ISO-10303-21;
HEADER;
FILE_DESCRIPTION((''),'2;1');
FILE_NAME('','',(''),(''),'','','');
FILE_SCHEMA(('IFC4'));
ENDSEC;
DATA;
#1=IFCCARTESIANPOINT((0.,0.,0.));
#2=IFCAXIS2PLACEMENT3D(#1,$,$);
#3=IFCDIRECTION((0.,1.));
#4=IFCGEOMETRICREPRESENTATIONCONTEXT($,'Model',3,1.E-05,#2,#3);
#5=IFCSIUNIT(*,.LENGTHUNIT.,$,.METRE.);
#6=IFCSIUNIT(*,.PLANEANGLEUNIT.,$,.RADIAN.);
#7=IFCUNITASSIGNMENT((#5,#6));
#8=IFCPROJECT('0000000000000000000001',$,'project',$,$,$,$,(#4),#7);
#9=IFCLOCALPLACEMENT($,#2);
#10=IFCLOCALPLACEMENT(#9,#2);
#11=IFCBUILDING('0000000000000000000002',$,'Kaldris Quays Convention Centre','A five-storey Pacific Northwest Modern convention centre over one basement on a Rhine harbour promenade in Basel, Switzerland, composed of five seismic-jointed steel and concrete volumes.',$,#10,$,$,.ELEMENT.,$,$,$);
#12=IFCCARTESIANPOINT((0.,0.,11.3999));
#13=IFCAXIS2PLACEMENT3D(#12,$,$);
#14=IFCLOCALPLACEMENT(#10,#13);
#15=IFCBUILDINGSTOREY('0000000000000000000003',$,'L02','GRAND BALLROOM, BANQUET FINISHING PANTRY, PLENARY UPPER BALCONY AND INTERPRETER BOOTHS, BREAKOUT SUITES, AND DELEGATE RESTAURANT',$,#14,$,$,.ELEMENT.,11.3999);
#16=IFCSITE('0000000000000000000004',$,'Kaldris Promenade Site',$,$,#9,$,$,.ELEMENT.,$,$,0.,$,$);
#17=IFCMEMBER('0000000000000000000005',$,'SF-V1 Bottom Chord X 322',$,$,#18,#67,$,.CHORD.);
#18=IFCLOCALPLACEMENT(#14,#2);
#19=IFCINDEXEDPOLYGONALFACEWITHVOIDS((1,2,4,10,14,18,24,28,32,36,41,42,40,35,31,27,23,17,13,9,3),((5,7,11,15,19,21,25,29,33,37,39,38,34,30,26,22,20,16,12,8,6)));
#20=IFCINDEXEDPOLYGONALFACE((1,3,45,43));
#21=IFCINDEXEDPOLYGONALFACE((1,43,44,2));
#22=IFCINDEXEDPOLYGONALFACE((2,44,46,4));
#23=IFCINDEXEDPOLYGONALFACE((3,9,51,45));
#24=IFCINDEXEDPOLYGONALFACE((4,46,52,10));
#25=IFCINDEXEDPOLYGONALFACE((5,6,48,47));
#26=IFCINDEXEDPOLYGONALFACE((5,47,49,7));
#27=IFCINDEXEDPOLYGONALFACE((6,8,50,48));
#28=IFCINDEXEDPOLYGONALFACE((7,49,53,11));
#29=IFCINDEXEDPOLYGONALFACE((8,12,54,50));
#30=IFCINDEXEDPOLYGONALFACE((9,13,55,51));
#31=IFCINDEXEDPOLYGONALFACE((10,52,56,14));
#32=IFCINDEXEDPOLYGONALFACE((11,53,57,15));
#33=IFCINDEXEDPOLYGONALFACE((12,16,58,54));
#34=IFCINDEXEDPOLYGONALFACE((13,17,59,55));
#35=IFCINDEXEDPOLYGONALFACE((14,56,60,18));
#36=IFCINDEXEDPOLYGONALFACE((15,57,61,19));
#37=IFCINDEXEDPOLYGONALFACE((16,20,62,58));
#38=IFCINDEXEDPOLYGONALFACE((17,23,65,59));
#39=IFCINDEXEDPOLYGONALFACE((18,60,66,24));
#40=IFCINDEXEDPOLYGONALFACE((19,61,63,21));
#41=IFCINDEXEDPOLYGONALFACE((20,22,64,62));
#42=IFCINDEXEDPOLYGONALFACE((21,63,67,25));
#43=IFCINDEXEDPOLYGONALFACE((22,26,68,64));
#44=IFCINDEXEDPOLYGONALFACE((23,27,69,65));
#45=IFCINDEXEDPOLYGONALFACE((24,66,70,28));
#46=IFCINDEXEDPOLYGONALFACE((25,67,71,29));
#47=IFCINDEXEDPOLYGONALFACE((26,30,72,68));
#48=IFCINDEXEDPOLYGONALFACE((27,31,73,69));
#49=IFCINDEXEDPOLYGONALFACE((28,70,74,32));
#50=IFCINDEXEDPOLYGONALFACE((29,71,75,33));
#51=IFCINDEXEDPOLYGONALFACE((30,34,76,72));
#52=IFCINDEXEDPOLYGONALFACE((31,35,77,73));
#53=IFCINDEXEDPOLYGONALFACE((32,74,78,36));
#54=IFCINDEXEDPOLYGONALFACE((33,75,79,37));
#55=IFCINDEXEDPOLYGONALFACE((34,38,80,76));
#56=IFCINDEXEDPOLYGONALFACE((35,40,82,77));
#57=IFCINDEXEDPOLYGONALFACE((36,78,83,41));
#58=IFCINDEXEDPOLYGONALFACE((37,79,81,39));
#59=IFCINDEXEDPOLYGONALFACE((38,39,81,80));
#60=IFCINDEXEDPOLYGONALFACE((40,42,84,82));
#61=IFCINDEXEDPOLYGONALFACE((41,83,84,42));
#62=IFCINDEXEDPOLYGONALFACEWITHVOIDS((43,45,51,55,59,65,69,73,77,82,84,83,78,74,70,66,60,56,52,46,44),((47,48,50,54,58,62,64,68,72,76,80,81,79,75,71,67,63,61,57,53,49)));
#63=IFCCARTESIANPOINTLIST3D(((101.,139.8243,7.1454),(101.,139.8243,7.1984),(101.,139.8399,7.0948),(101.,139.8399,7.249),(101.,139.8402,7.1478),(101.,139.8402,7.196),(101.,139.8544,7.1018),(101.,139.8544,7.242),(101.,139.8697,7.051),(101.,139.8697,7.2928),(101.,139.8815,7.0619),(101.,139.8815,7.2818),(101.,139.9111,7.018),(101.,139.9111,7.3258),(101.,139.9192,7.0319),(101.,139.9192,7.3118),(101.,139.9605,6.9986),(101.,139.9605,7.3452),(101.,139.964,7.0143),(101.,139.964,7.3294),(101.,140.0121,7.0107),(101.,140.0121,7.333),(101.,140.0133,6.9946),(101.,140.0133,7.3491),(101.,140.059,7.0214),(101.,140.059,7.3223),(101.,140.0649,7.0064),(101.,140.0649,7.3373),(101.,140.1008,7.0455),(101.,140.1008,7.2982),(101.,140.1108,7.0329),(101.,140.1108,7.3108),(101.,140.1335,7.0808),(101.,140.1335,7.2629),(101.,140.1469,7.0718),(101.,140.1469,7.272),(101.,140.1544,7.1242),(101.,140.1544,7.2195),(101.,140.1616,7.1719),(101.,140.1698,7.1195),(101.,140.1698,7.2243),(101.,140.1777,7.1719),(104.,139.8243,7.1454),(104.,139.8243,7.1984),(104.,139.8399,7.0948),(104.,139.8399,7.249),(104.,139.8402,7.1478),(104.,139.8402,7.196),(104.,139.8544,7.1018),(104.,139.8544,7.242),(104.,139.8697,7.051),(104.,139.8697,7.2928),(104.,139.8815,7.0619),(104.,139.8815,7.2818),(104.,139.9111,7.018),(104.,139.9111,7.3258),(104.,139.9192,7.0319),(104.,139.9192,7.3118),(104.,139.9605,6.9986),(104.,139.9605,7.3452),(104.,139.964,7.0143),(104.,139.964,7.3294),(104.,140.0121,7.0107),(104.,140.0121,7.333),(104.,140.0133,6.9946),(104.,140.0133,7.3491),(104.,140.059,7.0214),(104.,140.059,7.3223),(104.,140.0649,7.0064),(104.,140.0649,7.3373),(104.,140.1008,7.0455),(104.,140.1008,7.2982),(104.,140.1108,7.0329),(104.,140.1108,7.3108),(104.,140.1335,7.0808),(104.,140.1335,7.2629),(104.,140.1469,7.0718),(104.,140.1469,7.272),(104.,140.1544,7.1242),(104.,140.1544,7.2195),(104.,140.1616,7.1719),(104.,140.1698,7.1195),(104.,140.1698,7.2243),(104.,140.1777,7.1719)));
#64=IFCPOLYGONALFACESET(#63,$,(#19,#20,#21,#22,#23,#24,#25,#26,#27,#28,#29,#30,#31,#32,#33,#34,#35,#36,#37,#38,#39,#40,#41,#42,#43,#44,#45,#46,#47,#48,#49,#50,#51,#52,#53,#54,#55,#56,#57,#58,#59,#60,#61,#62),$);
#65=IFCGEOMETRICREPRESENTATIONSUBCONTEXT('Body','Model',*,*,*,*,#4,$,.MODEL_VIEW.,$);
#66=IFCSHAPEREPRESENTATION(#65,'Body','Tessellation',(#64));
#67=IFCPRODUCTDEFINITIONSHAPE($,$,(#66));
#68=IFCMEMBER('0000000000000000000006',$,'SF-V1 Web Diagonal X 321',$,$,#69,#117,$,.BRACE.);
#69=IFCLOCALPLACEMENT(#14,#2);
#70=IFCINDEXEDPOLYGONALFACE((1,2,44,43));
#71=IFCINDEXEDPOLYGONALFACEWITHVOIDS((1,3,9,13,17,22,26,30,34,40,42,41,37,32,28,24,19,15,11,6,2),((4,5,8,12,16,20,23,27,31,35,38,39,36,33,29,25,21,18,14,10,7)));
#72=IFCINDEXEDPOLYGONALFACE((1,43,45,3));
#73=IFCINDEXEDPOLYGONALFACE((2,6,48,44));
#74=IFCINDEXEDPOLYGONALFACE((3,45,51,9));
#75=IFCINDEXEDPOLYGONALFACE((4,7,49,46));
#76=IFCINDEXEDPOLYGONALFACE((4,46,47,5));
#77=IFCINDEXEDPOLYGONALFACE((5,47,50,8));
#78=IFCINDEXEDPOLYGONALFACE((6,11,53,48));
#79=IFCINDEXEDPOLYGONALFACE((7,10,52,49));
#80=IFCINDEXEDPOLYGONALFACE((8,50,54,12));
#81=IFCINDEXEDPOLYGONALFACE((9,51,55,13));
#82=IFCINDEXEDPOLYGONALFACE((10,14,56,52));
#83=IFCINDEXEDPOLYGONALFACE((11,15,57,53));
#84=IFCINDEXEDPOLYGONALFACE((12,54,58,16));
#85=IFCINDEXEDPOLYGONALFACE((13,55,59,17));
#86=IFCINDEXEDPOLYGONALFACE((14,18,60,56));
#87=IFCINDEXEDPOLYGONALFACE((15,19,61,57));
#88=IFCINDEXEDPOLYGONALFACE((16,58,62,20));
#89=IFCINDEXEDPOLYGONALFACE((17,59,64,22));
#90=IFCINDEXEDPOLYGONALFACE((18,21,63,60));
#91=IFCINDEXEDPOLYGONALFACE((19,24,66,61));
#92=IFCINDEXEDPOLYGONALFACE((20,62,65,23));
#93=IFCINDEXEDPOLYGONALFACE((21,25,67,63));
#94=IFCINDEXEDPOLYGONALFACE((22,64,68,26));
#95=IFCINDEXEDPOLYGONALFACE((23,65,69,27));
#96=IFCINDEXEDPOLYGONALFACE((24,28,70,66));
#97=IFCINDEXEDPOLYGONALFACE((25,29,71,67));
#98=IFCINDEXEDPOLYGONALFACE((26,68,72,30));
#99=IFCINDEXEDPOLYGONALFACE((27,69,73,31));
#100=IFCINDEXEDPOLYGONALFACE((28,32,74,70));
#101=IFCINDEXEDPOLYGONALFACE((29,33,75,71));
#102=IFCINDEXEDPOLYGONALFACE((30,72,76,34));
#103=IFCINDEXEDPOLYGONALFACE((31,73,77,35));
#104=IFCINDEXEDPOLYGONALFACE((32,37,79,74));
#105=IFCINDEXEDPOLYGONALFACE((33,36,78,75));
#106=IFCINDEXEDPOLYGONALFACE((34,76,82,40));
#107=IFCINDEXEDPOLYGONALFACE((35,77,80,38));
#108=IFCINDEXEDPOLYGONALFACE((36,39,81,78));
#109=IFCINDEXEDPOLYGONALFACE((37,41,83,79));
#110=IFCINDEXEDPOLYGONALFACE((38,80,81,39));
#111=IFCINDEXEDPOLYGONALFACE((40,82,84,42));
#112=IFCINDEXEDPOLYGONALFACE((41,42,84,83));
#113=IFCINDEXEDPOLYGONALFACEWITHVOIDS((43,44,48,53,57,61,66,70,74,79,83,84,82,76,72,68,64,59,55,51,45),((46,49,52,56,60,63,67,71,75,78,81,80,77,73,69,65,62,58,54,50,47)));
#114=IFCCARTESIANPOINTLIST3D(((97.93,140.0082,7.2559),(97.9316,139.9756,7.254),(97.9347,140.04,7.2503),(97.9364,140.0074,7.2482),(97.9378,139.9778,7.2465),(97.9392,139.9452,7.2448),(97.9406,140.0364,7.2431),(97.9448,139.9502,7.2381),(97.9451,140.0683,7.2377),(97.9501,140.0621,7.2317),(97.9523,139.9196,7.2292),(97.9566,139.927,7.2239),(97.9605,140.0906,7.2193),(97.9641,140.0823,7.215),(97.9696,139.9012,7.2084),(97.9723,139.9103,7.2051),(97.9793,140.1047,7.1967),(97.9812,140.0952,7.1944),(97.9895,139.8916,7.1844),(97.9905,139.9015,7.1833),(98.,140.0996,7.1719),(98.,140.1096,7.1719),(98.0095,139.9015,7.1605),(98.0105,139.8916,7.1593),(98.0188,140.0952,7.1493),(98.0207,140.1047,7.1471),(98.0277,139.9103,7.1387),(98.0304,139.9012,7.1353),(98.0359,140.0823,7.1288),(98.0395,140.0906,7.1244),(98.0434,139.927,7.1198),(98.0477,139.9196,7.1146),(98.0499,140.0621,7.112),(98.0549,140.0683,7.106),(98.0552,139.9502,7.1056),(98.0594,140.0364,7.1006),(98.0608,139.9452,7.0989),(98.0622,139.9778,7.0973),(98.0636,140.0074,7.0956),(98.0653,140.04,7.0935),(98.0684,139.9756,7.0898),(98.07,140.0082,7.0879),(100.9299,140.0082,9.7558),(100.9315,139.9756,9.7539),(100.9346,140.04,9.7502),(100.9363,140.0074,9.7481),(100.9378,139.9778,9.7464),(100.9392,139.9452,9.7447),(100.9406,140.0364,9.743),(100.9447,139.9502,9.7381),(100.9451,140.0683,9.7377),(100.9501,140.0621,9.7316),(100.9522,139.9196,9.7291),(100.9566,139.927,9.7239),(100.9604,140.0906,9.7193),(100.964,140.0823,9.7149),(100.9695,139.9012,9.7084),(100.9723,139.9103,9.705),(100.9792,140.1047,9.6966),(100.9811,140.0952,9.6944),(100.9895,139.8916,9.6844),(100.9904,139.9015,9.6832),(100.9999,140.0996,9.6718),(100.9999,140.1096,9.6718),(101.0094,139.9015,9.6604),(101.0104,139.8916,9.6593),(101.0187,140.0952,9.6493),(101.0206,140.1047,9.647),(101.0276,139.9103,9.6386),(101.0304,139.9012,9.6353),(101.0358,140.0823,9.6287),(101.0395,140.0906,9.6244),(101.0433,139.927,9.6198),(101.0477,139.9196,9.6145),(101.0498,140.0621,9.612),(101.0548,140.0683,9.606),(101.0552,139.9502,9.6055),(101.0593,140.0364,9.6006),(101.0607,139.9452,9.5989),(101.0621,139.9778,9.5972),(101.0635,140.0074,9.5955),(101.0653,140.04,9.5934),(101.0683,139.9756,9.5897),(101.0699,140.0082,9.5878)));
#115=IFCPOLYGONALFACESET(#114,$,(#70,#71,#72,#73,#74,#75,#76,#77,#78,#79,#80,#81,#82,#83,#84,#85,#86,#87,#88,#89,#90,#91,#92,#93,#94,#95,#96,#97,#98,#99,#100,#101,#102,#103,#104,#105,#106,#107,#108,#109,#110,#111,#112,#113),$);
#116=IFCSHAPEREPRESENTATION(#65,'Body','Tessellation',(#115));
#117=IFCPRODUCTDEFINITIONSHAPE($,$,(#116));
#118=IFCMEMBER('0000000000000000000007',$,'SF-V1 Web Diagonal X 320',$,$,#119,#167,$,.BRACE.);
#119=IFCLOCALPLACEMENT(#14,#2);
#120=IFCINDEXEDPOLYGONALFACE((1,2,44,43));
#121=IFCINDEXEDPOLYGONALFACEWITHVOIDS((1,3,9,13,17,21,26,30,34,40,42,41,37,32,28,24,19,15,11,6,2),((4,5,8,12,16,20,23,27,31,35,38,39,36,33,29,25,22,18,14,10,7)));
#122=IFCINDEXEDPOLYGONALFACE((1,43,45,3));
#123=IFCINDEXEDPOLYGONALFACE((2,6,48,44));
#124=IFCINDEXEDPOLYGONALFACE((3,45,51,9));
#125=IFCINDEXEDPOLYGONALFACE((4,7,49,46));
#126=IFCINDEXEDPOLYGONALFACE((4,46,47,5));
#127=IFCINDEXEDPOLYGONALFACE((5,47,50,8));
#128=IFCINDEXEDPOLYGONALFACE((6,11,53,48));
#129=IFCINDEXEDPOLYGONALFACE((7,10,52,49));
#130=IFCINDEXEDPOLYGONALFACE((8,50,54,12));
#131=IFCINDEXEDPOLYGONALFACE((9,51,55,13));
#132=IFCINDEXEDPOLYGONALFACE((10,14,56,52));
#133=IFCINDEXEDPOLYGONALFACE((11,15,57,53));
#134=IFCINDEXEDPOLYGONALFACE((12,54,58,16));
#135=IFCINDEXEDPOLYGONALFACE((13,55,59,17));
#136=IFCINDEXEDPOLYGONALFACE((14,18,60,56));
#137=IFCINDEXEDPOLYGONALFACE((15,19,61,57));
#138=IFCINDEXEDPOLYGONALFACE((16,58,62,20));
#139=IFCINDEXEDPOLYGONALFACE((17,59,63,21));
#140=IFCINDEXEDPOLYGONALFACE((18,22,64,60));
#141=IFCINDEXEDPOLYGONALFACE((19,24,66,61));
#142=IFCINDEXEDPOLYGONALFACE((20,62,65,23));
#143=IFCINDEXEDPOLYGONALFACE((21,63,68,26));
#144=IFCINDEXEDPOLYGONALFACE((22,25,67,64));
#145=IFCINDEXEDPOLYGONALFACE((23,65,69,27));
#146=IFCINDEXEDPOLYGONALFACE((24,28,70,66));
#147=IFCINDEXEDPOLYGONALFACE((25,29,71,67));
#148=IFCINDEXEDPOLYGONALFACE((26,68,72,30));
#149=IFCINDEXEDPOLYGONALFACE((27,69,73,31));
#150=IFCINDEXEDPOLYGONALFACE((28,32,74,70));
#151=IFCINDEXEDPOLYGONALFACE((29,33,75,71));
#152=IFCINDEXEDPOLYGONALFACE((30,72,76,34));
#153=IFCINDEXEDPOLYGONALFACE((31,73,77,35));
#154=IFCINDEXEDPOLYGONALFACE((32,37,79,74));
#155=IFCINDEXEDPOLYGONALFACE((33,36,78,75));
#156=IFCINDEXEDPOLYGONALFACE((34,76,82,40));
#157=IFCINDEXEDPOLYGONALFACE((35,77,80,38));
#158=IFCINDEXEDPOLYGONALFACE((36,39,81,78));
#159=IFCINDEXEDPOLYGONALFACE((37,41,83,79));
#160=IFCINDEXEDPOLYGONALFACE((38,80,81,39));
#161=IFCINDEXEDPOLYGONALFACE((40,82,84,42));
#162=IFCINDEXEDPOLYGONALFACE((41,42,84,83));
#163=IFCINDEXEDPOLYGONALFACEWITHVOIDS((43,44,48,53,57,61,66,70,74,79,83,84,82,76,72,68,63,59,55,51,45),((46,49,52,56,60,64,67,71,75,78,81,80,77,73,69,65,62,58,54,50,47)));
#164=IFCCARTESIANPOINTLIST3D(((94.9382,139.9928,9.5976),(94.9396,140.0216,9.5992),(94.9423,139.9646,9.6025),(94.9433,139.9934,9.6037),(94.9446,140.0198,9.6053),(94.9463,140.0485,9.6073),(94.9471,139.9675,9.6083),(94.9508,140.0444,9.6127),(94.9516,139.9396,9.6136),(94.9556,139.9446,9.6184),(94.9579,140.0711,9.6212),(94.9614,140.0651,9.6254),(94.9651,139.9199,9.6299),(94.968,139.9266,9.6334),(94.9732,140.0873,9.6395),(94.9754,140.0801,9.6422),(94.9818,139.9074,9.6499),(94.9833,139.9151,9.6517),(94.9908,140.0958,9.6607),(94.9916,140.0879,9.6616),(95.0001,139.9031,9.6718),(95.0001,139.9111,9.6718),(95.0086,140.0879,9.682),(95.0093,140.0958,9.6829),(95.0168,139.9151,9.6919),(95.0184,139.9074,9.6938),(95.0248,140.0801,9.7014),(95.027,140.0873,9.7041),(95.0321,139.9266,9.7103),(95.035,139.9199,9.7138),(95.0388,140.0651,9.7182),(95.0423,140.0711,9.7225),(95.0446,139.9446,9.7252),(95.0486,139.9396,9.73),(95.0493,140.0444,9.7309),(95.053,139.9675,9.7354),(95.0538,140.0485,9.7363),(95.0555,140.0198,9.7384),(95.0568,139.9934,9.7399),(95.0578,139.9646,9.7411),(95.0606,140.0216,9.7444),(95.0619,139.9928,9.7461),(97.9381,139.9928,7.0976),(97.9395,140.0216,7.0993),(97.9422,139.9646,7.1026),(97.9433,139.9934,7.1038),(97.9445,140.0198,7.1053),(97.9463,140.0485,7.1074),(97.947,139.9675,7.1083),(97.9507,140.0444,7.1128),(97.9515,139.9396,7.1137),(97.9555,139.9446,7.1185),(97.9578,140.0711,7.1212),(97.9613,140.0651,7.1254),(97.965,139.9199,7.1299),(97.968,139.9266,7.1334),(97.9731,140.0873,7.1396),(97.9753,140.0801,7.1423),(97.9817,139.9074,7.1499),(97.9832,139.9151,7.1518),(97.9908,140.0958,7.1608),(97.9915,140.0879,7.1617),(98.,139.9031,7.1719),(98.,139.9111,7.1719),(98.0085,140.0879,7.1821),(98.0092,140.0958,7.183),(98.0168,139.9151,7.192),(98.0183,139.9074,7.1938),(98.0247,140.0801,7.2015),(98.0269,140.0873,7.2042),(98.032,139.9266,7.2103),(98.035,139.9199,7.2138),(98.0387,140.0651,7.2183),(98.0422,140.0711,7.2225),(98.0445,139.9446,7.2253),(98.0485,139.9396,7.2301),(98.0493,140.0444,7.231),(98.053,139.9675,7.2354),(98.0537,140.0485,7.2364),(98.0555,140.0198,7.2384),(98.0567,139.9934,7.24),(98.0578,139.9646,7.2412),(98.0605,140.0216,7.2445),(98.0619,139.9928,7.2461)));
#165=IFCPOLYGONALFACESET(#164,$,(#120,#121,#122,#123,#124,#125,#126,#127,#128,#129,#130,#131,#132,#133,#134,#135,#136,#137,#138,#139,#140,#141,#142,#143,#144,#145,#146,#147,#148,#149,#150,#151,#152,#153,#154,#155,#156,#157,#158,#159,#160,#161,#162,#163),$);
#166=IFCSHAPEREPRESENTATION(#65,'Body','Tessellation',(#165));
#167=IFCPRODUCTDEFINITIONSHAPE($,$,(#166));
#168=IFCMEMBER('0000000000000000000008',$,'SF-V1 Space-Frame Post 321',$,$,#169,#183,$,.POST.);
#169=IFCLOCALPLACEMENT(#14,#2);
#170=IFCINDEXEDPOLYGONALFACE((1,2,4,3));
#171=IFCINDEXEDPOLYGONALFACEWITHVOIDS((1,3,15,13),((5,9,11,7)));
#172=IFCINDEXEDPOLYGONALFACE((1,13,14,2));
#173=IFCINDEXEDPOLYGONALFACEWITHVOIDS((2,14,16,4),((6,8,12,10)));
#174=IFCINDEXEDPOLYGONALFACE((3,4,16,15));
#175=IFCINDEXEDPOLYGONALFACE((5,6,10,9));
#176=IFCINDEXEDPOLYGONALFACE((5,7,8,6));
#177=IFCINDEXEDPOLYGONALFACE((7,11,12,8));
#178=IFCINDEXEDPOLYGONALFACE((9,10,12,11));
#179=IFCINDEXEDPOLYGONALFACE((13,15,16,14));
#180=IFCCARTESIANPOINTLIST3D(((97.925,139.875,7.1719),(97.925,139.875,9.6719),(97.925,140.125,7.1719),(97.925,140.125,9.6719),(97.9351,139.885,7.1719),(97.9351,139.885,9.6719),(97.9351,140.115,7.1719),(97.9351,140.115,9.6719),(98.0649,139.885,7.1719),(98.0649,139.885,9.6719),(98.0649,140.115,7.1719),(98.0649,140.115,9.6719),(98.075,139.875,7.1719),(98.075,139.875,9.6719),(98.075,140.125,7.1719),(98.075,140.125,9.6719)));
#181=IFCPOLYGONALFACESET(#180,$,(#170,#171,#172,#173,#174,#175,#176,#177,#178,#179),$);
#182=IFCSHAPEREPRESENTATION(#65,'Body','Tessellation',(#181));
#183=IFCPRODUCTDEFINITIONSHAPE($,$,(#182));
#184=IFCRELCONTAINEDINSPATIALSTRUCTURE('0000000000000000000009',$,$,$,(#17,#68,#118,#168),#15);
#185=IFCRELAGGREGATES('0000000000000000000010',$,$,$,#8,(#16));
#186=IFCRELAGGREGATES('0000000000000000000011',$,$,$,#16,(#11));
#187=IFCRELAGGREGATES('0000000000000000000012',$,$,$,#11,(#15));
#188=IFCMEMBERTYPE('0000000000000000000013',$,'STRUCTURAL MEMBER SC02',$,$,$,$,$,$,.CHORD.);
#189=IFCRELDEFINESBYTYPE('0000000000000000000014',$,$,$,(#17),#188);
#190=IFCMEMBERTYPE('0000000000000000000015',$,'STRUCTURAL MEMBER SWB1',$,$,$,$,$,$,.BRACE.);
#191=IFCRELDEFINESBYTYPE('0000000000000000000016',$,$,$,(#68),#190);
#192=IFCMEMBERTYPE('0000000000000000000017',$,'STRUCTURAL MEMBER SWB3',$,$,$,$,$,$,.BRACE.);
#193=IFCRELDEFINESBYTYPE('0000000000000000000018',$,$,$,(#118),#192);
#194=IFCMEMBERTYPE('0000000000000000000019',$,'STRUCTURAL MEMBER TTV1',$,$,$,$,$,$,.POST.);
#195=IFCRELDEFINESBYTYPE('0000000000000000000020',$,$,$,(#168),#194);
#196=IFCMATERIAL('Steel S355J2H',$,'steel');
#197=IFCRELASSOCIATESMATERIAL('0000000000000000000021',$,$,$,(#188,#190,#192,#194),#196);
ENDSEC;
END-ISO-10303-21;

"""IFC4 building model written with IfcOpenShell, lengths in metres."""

from ifc_helpers import new_model, si_unit, direction, frame, origin, origin_2d, place, context, subcontext, project, spatial, hollow_rectangle, hollow_circle, extrude, material, material_profile, profile_set, type_object, element, save


model = new_model("IFC4")

# Units and contexts
model_context = context("Model", 3, precision=1e-05, world=origin(), true_north=direction((0.0, 1.0)))
body_context = subcontext(model_context, "Body", "Model", "MODEL_VIEW")
ifc_project = project(units=[si_unit("LENGTHUNIT", "METRE"), si_unit("PLANEANGLEUNIT", "RADIAN")], contexts=[model_context])

# Site, building, storey
site_placement = place(None, origin())
site = spatial("IfcSite", under=ifc_project, at=site_placement, Name="Kaldris Promenade Site", CompositionType="ELEMENT", RefElevation=0.0)
building_placement = place(site_placement, origin())
building = spatial("IfcBuilding", under=site, at=building_placement, Name="Kaldris Quays Convention Centre", Description="A five-storey Pacific Northwest Modern convention centre over one basement on a Rhine harbour promenade in Basel, Switzerland, composed of five seismic-jointed steel and concrete volumes.", CompositionType="ELEMENT")
storey_placement = place(building_placement, frame((0.0, 0.0, 11.3999)))
storey = spatial("IfcBuildingStorey", under=building, at=storey_placement, Name="L02", Description="GRAND BALLROOM, BANQUET FINISHING PANTRY, PLENARY UPPER BALCONY AND INTERPRETER BOOTHS, BREAKOUT SUITES, AND DELEGATE RESTAURANT", CompositionType="ELEMENT", Elevation=11.3999)

# Members
ifc_material_1 = material(Name="Steel S355J2H", Category="steel")
ifc_material_profile_1 = material_profile(ifc_material_1, hollow_circle(Radius=0.1777, WallThickness=0.0161, at=origin_2d()), Name="CHS 355.6x16")
ifc_profile_set_1 = profile_set([ifc_material_profile_1], Name="Steel S355J2H")
member_type_1 = type_object("IfcMemberType", Name="STRUCTURAL MEMBER SC02", PredefinedType="CHORD", material=ifc_profile_set_1)
for number, where, z_axis, x_axis, name in (
    (1, (101.0, 140.0, 7.1719), (1.0, 0.0, 0.0), (0.0, 1.0, 0.0), "SF-V1 Bottom Chord X 322"),
):
    element("IfcMember", number, at=place(storey_placement, frame(where, z_axis=z_axis, x_axis=x_axis)), inside=storey, type_object=member_type_1, Name=name, PredefinedType="CHORD", context=body_context, shape_type="SweptSolid", body=[
        extrude(hollow_circle(Radius=0.1777, WallThickness=0.0161, at=origin_2d()), origin(), (0.0, 0.0, 1.0), 3.0),
    ])
ifc_material_profile_2 = material_profile(ifc_material_1, hollow_circle(Radius=0.1096, WallThickness=0.01, at=origin_2d()), Name="CHS 219.1x10")
ifc_profile_set_2 = profile_set([ifc_material_profile_2], Name="Steel S355J2H")
member_type_2 = type_object("IfcMemberType", Name="STRUCTURAL MEMBER SWB1", PredefinedType="BRACE", material=ifc_profile_set_2)
member_1_placement = place(storey_placement, frame((98.0, 140.0, 7.1719), z_axis=(0.768221, 0.0, 0.640184), x_axis=(0.0, 1.0, 0.0)))
element("IfcMember", 2, at=member_1_placement, inside=storey, type_object=member_type_2, Name="SF-V1 Web Diagonal X 321", PredefinedType="BRACE", context=body_context, shape_type="SweptSolid", body=[
    extrude(hollow_circle(Radius=0.1096, WallThickness=0.01, at=origin_2d()), origin(), (0.0, 0.0, 1.0), 3.905),
])
ifc_material_profile_3 = material_profile(ifc_material_1, hollow_circle(Radius=0.0969, WallThickness=0.0081, at=origin_2d()), Name="CHS 193.7x8")
ifc_profile_set_3 = profile_set([ifc_material_profile_3], Name="Steel S355J2H")
member_type_3 = type_object("IfcMemberType", Name="STRUCTURAL MEMBER SWB3", PredefinedType="BRACE", material=ifc_profile_set_3)
member_2_placement = place(storey_placement, frame((98.0, 140.0, 7.1719), z_axis=(-0.768221, 0.0, 0.640184), x_axis=(0.0, -1.0, 0.0)))
element("IfcMember", 3, at=member_2_placement, inside=storey, type_object=member_type_3, Name="SF-V1 Web Diagonal X 320", PredefinedType="BRACE", context=body_context, shape_type="SweptSolid", body=[
    extrude(hollow_circle(Radius=0.0969, WallThickness=0.0081, at=origin_2d()), origin(), (0.0, 0.0, 1.0), 3.905),
])
ifc_material_profile_4 = material_profile(ifc_material_1, hollow_rectangle(XDim=0.1499, YDim=0.25, WallThickness=0.01, at=origin_2d()), Name="RHS 250x150x10")
ifc_profile_set_4 = profile_set([ifc_material_profile_4], Name="Steel S355J2H")
member_type_4 = type_object("IfcMemberType", Name="STRUCTURAL MEMBER TTV1", PredefinedType="POST", material=ifc_profile_set_4)
member_3_placement = place(storey_placement, frame((98.0, 140.0, 7.1719), z_axis=(0.0, 0.0, 1.0), x_axis=(1.0, 0.0, 0.0)))
element("IfcMember", 4, at=member_3_placement, inside=storey, type_object=member_type_4, Name="SF-V1 Space-Frame Post 321", PredefinedType="POST", context=body_context, shape_type="SweptSolid", body=[
    extrude(hollow_rectangle(XDim=0.1499, YDim=0.25, WallThickness=0.01, at=origin_2d()), origin(), (0.0, 0.0, 1.0), 2.5),
])

save(model, "model.ifc")
